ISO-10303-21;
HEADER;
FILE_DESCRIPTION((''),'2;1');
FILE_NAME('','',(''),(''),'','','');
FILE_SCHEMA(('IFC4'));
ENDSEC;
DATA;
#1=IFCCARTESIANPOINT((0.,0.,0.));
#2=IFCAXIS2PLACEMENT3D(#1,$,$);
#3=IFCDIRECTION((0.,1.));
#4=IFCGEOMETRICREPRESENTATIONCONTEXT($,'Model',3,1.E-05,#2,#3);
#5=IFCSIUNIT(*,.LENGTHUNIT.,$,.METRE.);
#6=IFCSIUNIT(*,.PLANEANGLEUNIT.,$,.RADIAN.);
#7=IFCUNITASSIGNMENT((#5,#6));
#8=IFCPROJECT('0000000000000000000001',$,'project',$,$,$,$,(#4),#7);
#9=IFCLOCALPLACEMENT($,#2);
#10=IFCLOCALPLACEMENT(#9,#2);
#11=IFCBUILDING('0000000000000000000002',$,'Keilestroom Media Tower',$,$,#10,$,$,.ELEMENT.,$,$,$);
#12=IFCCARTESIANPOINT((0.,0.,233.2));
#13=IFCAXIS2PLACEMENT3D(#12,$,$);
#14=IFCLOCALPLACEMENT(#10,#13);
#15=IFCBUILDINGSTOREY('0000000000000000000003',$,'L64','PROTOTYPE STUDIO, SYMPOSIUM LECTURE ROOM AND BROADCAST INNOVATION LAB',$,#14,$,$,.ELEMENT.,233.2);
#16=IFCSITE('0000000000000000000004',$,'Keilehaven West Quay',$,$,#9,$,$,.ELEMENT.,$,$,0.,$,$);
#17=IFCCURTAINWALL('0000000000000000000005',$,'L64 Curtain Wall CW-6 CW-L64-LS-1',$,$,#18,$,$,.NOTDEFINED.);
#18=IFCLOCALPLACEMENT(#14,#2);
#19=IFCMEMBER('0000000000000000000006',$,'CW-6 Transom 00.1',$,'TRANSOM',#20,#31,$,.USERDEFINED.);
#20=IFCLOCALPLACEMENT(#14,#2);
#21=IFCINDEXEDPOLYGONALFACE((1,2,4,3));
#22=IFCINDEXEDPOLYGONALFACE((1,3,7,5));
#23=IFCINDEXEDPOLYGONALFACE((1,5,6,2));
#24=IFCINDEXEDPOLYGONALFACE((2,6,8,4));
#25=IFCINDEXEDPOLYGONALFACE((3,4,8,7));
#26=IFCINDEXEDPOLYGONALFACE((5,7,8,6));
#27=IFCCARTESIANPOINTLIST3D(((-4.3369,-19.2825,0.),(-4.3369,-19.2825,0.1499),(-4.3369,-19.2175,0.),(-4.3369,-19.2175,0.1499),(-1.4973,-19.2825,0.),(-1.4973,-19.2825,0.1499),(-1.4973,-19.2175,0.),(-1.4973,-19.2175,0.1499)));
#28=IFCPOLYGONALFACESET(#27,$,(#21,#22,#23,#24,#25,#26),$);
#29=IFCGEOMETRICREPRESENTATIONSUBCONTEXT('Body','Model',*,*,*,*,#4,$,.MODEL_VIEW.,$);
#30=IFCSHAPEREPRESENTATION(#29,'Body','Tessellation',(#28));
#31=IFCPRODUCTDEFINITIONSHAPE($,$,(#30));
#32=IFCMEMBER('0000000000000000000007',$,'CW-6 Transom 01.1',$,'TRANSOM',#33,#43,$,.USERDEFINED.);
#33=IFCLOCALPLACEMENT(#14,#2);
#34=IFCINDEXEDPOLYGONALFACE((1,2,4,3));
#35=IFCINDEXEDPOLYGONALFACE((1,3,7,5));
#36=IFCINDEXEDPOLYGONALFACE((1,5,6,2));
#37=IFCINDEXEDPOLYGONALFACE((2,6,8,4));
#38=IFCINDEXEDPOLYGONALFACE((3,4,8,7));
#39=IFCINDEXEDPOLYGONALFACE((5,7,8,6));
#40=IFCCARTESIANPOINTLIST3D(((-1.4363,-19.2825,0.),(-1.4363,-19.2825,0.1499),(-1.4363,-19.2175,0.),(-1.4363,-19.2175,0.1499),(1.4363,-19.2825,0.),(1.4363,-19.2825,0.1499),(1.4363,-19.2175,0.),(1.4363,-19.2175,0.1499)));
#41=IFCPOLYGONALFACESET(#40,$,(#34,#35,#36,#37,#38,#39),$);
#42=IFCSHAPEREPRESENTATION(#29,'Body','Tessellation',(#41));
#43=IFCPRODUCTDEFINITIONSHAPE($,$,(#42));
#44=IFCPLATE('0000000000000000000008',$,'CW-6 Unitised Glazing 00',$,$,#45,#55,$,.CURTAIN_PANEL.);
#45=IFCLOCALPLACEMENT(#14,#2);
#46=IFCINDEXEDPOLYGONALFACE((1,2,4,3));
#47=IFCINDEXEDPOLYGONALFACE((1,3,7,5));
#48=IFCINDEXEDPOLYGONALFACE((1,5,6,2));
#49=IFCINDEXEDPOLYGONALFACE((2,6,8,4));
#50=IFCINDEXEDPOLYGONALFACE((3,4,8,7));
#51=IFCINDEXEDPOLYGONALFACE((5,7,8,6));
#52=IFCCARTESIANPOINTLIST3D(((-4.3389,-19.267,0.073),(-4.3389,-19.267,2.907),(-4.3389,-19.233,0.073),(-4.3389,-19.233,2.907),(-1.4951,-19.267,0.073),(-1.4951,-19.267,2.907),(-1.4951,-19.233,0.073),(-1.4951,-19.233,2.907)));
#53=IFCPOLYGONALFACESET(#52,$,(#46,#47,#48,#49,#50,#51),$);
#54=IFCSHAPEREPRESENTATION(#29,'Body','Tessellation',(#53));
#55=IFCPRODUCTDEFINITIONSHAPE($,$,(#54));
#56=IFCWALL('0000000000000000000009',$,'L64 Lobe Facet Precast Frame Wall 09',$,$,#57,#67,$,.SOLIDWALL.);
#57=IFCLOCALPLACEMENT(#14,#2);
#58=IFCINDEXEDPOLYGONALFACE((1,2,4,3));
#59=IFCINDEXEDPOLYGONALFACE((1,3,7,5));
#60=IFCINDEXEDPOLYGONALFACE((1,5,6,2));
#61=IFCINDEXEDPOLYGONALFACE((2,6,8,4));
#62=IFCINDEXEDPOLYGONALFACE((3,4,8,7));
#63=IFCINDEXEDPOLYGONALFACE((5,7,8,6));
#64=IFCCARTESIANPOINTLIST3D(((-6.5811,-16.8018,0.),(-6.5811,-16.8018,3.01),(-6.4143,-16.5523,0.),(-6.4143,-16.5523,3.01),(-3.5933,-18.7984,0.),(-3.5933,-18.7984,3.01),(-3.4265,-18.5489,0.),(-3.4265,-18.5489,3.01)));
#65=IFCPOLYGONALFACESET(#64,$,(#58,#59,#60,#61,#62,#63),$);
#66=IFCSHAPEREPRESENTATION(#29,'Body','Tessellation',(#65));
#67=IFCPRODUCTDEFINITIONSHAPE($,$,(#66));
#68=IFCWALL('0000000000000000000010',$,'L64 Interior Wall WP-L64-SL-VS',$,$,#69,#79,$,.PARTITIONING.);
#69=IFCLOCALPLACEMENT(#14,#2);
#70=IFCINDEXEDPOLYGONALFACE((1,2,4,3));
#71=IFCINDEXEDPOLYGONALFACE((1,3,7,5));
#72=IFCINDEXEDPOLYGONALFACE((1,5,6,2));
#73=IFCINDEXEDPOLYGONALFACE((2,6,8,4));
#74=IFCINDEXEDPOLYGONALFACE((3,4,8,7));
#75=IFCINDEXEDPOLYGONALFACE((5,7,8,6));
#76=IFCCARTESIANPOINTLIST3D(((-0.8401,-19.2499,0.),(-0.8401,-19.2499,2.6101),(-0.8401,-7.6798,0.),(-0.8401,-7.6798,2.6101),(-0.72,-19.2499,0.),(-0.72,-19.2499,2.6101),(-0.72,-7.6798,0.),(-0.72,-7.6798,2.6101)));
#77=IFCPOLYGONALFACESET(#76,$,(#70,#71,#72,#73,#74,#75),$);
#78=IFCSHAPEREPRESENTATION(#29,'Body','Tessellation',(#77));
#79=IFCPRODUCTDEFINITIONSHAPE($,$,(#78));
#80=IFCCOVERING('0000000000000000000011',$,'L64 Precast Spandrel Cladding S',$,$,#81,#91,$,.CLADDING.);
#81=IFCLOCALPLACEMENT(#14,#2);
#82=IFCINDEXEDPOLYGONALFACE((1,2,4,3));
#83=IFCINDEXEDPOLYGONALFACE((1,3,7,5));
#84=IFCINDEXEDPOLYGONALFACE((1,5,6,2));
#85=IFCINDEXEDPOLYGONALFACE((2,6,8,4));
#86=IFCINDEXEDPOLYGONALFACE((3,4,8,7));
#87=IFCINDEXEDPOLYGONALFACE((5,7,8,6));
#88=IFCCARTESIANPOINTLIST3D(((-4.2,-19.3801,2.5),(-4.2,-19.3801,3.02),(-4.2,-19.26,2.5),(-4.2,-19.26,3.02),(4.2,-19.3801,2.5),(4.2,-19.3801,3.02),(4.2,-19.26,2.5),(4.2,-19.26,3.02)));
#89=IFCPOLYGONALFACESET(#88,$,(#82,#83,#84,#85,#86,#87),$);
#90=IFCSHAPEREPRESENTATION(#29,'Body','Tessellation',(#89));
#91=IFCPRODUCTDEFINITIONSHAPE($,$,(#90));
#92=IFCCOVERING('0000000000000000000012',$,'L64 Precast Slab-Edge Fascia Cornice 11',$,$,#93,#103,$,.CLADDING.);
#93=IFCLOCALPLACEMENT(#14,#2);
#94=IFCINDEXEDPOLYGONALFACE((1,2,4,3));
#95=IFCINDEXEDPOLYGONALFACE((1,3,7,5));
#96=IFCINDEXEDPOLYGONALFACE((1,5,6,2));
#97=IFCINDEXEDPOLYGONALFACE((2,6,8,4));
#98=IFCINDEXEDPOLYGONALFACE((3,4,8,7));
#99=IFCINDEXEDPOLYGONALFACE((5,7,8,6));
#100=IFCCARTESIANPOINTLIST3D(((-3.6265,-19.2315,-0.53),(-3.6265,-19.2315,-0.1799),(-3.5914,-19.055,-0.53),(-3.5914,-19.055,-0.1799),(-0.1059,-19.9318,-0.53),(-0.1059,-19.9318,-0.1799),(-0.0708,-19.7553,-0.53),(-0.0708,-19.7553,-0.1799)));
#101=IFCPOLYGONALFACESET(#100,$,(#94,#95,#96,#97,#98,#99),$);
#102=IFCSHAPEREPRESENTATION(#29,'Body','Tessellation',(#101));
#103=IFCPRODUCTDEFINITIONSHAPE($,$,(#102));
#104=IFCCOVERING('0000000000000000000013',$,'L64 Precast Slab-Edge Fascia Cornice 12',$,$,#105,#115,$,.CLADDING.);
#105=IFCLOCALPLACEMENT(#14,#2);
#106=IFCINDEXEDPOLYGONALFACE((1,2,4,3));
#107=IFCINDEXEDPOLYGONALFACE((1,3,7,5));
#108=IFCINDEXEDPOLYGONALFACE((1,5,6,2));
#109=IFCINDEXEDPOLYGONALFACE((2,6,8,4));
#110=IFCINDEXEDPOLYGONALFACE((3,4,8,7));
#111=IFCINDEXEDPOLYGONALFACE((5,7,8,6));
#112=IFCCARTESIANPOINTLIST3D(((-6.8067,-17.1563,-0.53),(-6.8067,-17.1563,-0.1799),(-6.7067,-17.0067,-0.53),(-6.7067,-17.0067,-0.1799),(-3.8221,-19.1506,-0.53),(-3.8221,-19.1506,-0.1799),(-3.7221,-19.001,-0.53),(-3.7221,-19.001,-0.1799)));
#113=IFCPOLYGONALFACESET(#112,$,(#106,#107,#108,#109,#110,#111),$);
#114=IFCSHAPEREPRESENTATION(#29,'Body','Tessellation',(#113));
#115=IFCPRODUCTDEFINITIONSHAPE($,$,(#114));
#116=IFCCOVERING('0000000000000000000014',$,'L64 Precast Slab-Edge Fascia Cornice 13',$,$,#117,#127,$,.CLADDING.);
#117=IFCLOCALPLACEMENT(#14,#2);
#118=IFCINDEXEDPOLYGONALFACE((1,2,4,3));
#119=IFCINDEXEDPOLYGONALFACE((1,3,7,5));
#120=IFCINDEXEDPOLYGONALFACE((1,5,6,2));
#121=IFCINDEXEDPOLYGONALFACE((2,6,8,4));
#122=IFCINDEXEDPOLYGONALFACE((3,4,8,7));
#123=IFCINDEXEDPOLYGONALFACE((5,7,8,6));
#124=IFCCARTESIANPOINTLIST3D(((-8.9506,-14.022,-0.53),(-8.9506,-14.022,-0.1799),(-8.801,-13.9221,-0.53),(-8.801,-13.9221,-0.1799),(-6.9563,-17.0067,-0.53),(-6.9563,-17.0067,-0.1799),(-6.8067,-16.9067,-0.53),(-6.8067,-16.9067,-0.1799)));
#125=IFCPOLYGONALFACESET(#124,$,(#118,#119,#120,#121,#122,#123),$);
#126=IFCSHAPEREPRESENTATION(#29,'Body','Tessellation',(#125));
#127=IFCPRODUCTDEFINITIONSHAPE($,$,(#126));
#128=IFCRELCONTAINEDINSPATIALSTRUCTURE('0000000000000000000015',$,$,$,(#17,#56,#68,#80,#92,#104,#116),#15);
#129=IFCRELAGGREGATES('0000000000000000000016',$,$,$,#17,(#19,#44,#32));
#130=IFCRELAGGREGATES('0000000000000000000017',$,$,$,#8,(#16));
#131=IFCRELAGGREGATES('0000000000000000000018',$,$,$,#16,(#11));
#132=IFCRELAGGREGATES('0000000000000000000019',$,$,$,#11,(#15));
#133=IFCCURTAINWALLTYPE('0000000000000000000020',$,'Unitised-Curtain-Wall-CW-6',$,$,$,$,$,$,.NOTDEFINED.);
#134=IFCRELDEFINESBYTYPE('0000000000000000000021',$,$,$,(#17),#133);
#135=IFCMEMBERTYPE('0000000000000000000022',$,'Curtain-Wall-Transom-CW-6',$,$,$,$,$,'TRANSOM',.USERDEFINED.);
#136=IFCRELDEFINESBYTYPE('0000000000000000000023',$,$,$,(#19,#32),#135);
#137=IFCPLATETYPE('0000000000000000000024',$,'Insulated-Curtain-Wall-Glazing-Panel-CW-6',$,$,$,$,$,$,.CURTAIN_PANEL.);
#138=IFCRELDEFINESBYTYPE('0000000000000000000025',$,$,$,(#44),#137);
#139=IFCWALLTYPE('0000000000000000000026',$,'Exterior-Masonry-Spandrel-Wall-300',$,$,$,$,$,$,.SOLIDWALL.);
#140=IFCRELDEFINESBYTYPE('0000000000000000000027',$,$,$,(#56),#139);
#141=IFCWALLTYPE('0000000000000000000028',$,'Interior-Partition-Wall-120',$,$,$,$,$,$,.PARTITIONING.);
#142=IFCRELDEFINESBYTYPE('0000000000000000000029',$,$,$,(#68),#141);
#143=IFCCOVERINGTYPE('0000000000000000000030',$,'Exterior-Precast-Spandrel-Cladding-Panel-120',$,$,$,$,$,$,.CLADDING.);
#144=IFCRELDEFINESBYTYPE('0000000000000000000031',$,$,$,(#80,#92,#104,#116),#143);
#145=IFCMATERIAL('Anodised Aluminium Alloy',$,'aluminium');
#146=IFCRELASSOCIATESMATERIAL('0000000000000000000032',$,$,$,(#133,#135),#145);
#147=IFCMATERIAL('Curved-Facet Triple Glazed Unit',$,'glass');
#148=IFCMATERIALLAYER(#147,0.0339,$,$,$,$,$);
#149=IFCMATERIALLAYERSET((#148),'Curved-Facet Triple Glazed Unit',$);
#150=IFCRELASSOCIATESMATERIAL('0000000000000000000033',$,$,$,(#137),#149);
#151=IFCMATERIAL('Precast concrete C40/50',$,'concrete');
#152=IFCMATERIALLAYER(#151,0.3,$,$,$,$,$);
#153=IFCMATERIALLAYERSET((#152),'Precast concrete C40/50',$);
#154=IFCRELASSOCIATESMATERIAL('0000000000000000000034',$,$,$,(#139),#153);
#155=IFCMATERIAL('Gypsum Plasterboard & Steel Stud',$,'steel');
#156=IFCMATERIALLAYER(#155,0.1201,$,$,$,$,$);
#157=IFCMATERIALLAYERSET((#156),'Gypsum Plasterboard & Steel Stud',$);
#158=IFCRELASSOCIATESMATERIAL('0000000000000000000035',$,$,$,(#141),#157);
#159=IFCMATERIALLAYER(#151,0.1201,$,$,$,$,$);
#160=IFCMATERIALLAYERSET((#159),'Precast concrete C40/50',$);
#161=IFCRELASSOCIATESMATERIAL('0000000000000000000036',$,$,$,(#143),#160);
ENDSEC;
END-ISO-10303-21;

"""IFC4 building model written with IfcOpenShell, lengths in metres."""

from ifc_helpers import new_model, si_unit, direction, frame, frame_2d, origin, origin_2d, place, context, subcontext, project, spatial, rectangle, extrude, source, transform, mapped, material, layer, layer_set, material_profile, profile_set, type_object, element, aggregate, save


model = new_model("IFC4")

# Units and contexts
model_context = context("Model", 3, precision=1e-05, world=origin(), true_north=direction((0.0, 1.0)))
body_context = subcontext(model_context, "Body", "Model", "MODEL_VIEW")
ifc_project = project(units=[si_unit("LENGTHUNIT", "METRE"), si_unit("PLANEANGLEUNIT", "RADIAN")], contexts=[model_context])

# Site, building, storey
site_placement = place(None, origin())
site = spatial("IfcSite", under=ifc_project, at=site_placement, Name="Keilehaven West Quay", CompositionType="ELEMENT", RefElevation=0.0)
building_placement = place(site_placement, origin())
building = spatial("IfcBuilding", under=site, at=building_placement, Name="Keilestroom Media Tower", CompositionType="ELEMENT")
storey_placement = place(building_placement, frame((0.0, 0.0, 233.2)))
storey = spatial("IfcBuildingStorey", under=building, at=storey_placement, Name="L64", Description="PROTOTYPE STUDIO, SYMPOSIUM LECTURE ROOM AND BROADCAST INNOVATION LAB", CompositionType="ELEMENT", Elevation=233.2)

# Curtain wall, members, plate
ifc_material_1 = material(Name="Anodised Aluminium Alloy", Category="aluminium")
curtain_wall_type = type_object("IfcCurtainWallType", Name="Unitised-Curtain-Wall-CW-6", PredefinedType="NOTDEFINED", material=ifc_material_1)
curtain_wall_placement = place(storey_placement, origin())
curtain_wall = element("IfcCurtainWall", 1, at=curtain_wall_placement, inside=storey, type_object=curtain_wall_type, Name="L64 Curtain Wall CW-6 CW-L64-LS-1", PredefinedType="NOTDEFINED")
ifc_material_profile_1 = material_profile(ifc_material_1, rectangle(XDim=0.0649, YDim=0.1499, at=origin_2d()), Name="ALU TRANSOM 65x150")
ifc_profile_set_1 = profile_set([ifc_material_profile_1], Name="Anodised Aluminium Alloy")
member_type_1 = type_object("IfcMemberType", Name="Curtain-Wall-Transom-CW-6", ElementType="TRANSOM", PredefinedType="USERDEFINED", material=ifc_profile_set_1)
shared_shape_1 = source(origin(), body_context, "Body", "SweptSolid", [
    extrude(rectangle(XDim=0.0649, YDim=0.1499, at=origin_2d()), origin(), (0.0, 0.0, 1.0), 2.8396),
])
member_1_placement = place(storey_placement, frame((-4.3369, -19.25, 0.075), z_axis=(1.0, 0.0, 0.0), x_axis=(0.0, 1.0, 0.0)))
member_1 = element("IfcMember", 2, at=member_1_placement, type_object=member_type_1, Name="CW-6 Transom 00.1", ObjectType="TRANSOM", PredefinedType="USERDEFINED", context=body_context, shape_type="MappedRepresentation", body=[
    mapped(shared_shape_1, transform((0.0, 0.0, 0.0), x_axis=(1.0, 0.0, 0.0), y_axis=(0.0, 1.0, 0.0), z_axis=(0.0, 0.0, 1.0), scale=1.0)),
])
shared_shape_2 = source(origin(), body_context, "Body", "SweptSolid", [
    extrude(rectangle(XDim=0.0649, YDim=0.1499, at=origin_2d()), origin(), (0.0, 0.0, 1.0), 2.8726),
])
member_2_placement = place(storey_placement, frame((-1.4363, -19.25, 0.075), z_axis=(1.0, 0.0, 0.0), x_axis=(0.0, 1.0, 0.0)))
member_2 = element("IfcMember", 3, at=member_2_placement, type_object=member_type_1, Name="CW-6 Transom 01.1", ObjectType="TRANSOM", PredefinedType="USERDEFINED", context=body_context, shape_type="MappedRepresentation", body=[
    mapped(shared_shape_2, transform((0.0, 0.0, 0.0), x_axis=(1.0, 0.0, 0.0), y_axis=(0.0, 1.0, 0.0), z_axis=(0.0, 0.0, 1.0), scale=1.0)),
])
ifc_material_2 = material(Name="Curved-Facet Triple Glazed Unit", Category="glass")
ifc_layer_1 = layer(ifc_material_2, 0.0339)
ifc_layer_set_1 = layer_set([ifc_layer_1], Name="Curved-Facet Triple Glazed Unit")
plate_type = type_object("IfcPlateType", Name="Insulated-Curtain-Wall-Glazing-Panel-CW-6", PredefinedType="CURTAIN_PANEL", material=ifc_layer_set_1)
shared_shape_3 = source(origin(), body_context, "Body", "SweptSolid", [
    extrude(rectangle(XDim=2.8438, YDim=0.0339, at=origin_2d()), origin(), (0.0, 0.0, 1.0), 2.834),
])
plate_placement = place(storey_placement, frame((-2.917, -19.25, 0.073), z_axis=(0.0, 0.0, 1.0), x_axis=(1.0, 0.0, 0.0)))
plate = element("IfcPlate", 4, at=plate_placement, type_object=plate_type, Name="CW-6 Unitised Glazing 00", PredefinedType="CURTAIN_PANEL", context=body_context, shape_type="MappedRepresentation", body=[
    mapped(shared_shape_3, transform((0.0, 0.0, 0.0), x_axis=(1.0, 0.0, 0.0), y_axis=(0.0, 1.0, 0.0), z_axis=(0.0, 0.0, 1.0), scale=1.0)),
])
aggregate(curtain_wall, [member_1, plate, member_2])

# Walls
ifc_material_3 = material(Name="Precast concrete C40/50", Category="concrete")
ifc_layer_2 = layer(ifc_material_3, 0.3)
ifc_layer_set_2 = layer_set([ifc_layer_2], Name="Precast concrete C40/50")
wall_type_1 = type_object("IfcWallType", Name="Exterior-Masonry-Spandrel-Wall-300", PredefinedType="SOLIDWALL", material=ifc_layer_set_2)
wall_1_placement = place(storey_placement, frame((-6.4978, -16.677, 0.0), z_axis=(0.0, 0.0, 1.0), x_axis=(0.831444, -0.555609, 0.0)))
element("IfcWall", 5, at=wall_1_placement, inside=storey, type_object=wall_type_1, Name="L64 Lobe Facet Precast Frame Wall 09", PredefinedType="SOLIDWALL", context=body_context, shape_type="SweptSolid", body=[
    extrude(rectangle(XDim=3.5935, YDim=0.3, at=frame_2d((1.7969, 0.0))), origin(), (0.0, 0.0, 1.0), 3.01),
])
ifc_material_4 = material(Name="Gypsum Plasterboard & Steel Stud", Category="steel")
ifc_layer_3 = layer(ifc_material_4, 0.1201)
ifc_layer_set_3 = layer_set([ifc_layer_3], Name="Gypsum Plasterboard & Steel Stud")
wall_type_2 = type_object("IfcWallType", Name="Interior-Partition-Wall-120", PredefinedType="PARTITIONING", material=ifc_layer_set_3)
wall_2_placement = place(storey_placement, frame((-0.78, -19.25, 0.0), z_axis=(0.0, 0.0, 1.0), x_axis=(0.0, 1.0, 0.0)))
element("IfcWall", 6, at=wall_2_placement, inside=storey, type_object=wall_type_2, Name="L64 Interior Wall WP-L64-SL-VS", PredefinedType="PARTITIONING", context=body_context, shape_type="SweptSolid", body=[
    extrude(rectangle(XDim=11.5701, YDim=0.1201, at=frame_2d((5.7852, 0.0))), origin(), (0.0, 0.0, 1.0), 2.6101),
])

# Coverings
ifc_layer_4 = layer(ifc_material_3, 0.1201)
ifc_layer_set_4 = layer_set([ifc_layer_4], Name="Precast concrete C40/50")
covering_type = type_object("IfcCoveringType", Name="Exterior-Precast-Spandrel-Cladding-Panel-120", PredefinedType="CLADDING", material=ifc_layer_set_4)
shared_shape_4 = source(origin(), body_context, "Body", "SweptSolid", [
    extrude(rectangle(XDim=8.3999, YDim=0.1201, at=origin_2d()), origin(), (0.0, 0.0, 1.0), 0.52),
])
covering_placement = place(storey_placement, frame((0.0, -19.3201, 2.5), z_axis=(0.0, 0.0, 1.0), x_axis=(1.0, 0.0, 0.0)))
element("IfcCovering", 7, at=covering_placement, inside=storey, type_object=covering_type, Name="L64 Precast Spandrel Cladding S", PredefinedType="CLADDING", context=body_context, shape_type="MappedRepresentation", body=[
    mapped(shared_shape_4, transform((0.0, 0.0, 0.0), x_axis=(1.0, 0.0, 0.0), y_axis=(0.0, 1.0, 0.0), z_axis=(0.0, 0.0, 1.0), scale=1.0)),
])
shared_shape_5 = source(origin(), body_context, "Body", "SweptSolid", [
    extrude(rectangle(XDim=3.5896, YDim=0.1799, at=origin_2d()), origin(), (0.0, 0.0, 1.0), 0.3501),
])
for number, where, z_axis, x_axis, name in (
    (8, (-1.8486, -19.4934, -0.53), (0.0, 0.0, 1.0), (-0.980784, 0.195099, 0.0), "L64 Precast Slab-Edge Fascia Cornice 11"),
    (9, (-5.2644, -18.0786, -0.53), (0.0, 0.0, 1.0), (-0.831467, 0.555575, 0.0), "L64 Precast Slab-Edge Fascia Cornice 12"),
    (10, (-7.8787, -15.4644, -0.53), (0.0, 0.0, 1.0), (-0.555575, 0.831467, 0.0), "L64 Precast Slab-Edge Fascia Cornice 13"),
):
    element("IfcCovering", number, at=place(storey_placement, frame(where, z_axis=z_axis, x_axis=x_axis)), inside=storey, type_object=covering_type, Name=name, PredefinedType="CLADDING", context=body_context, shape_type="MappedRepresentation", body=[
        mapped(shared_shape_5, transform((0.0, 0.0, 0.0), x_axis=(1.0, 0.0, 0.0), y_axis=(0.0, 1.0, 0.0), z_axis=(0.0, 0.0, 1.0), scale=1.0)),
    ])

save(model, "model.ifc")
